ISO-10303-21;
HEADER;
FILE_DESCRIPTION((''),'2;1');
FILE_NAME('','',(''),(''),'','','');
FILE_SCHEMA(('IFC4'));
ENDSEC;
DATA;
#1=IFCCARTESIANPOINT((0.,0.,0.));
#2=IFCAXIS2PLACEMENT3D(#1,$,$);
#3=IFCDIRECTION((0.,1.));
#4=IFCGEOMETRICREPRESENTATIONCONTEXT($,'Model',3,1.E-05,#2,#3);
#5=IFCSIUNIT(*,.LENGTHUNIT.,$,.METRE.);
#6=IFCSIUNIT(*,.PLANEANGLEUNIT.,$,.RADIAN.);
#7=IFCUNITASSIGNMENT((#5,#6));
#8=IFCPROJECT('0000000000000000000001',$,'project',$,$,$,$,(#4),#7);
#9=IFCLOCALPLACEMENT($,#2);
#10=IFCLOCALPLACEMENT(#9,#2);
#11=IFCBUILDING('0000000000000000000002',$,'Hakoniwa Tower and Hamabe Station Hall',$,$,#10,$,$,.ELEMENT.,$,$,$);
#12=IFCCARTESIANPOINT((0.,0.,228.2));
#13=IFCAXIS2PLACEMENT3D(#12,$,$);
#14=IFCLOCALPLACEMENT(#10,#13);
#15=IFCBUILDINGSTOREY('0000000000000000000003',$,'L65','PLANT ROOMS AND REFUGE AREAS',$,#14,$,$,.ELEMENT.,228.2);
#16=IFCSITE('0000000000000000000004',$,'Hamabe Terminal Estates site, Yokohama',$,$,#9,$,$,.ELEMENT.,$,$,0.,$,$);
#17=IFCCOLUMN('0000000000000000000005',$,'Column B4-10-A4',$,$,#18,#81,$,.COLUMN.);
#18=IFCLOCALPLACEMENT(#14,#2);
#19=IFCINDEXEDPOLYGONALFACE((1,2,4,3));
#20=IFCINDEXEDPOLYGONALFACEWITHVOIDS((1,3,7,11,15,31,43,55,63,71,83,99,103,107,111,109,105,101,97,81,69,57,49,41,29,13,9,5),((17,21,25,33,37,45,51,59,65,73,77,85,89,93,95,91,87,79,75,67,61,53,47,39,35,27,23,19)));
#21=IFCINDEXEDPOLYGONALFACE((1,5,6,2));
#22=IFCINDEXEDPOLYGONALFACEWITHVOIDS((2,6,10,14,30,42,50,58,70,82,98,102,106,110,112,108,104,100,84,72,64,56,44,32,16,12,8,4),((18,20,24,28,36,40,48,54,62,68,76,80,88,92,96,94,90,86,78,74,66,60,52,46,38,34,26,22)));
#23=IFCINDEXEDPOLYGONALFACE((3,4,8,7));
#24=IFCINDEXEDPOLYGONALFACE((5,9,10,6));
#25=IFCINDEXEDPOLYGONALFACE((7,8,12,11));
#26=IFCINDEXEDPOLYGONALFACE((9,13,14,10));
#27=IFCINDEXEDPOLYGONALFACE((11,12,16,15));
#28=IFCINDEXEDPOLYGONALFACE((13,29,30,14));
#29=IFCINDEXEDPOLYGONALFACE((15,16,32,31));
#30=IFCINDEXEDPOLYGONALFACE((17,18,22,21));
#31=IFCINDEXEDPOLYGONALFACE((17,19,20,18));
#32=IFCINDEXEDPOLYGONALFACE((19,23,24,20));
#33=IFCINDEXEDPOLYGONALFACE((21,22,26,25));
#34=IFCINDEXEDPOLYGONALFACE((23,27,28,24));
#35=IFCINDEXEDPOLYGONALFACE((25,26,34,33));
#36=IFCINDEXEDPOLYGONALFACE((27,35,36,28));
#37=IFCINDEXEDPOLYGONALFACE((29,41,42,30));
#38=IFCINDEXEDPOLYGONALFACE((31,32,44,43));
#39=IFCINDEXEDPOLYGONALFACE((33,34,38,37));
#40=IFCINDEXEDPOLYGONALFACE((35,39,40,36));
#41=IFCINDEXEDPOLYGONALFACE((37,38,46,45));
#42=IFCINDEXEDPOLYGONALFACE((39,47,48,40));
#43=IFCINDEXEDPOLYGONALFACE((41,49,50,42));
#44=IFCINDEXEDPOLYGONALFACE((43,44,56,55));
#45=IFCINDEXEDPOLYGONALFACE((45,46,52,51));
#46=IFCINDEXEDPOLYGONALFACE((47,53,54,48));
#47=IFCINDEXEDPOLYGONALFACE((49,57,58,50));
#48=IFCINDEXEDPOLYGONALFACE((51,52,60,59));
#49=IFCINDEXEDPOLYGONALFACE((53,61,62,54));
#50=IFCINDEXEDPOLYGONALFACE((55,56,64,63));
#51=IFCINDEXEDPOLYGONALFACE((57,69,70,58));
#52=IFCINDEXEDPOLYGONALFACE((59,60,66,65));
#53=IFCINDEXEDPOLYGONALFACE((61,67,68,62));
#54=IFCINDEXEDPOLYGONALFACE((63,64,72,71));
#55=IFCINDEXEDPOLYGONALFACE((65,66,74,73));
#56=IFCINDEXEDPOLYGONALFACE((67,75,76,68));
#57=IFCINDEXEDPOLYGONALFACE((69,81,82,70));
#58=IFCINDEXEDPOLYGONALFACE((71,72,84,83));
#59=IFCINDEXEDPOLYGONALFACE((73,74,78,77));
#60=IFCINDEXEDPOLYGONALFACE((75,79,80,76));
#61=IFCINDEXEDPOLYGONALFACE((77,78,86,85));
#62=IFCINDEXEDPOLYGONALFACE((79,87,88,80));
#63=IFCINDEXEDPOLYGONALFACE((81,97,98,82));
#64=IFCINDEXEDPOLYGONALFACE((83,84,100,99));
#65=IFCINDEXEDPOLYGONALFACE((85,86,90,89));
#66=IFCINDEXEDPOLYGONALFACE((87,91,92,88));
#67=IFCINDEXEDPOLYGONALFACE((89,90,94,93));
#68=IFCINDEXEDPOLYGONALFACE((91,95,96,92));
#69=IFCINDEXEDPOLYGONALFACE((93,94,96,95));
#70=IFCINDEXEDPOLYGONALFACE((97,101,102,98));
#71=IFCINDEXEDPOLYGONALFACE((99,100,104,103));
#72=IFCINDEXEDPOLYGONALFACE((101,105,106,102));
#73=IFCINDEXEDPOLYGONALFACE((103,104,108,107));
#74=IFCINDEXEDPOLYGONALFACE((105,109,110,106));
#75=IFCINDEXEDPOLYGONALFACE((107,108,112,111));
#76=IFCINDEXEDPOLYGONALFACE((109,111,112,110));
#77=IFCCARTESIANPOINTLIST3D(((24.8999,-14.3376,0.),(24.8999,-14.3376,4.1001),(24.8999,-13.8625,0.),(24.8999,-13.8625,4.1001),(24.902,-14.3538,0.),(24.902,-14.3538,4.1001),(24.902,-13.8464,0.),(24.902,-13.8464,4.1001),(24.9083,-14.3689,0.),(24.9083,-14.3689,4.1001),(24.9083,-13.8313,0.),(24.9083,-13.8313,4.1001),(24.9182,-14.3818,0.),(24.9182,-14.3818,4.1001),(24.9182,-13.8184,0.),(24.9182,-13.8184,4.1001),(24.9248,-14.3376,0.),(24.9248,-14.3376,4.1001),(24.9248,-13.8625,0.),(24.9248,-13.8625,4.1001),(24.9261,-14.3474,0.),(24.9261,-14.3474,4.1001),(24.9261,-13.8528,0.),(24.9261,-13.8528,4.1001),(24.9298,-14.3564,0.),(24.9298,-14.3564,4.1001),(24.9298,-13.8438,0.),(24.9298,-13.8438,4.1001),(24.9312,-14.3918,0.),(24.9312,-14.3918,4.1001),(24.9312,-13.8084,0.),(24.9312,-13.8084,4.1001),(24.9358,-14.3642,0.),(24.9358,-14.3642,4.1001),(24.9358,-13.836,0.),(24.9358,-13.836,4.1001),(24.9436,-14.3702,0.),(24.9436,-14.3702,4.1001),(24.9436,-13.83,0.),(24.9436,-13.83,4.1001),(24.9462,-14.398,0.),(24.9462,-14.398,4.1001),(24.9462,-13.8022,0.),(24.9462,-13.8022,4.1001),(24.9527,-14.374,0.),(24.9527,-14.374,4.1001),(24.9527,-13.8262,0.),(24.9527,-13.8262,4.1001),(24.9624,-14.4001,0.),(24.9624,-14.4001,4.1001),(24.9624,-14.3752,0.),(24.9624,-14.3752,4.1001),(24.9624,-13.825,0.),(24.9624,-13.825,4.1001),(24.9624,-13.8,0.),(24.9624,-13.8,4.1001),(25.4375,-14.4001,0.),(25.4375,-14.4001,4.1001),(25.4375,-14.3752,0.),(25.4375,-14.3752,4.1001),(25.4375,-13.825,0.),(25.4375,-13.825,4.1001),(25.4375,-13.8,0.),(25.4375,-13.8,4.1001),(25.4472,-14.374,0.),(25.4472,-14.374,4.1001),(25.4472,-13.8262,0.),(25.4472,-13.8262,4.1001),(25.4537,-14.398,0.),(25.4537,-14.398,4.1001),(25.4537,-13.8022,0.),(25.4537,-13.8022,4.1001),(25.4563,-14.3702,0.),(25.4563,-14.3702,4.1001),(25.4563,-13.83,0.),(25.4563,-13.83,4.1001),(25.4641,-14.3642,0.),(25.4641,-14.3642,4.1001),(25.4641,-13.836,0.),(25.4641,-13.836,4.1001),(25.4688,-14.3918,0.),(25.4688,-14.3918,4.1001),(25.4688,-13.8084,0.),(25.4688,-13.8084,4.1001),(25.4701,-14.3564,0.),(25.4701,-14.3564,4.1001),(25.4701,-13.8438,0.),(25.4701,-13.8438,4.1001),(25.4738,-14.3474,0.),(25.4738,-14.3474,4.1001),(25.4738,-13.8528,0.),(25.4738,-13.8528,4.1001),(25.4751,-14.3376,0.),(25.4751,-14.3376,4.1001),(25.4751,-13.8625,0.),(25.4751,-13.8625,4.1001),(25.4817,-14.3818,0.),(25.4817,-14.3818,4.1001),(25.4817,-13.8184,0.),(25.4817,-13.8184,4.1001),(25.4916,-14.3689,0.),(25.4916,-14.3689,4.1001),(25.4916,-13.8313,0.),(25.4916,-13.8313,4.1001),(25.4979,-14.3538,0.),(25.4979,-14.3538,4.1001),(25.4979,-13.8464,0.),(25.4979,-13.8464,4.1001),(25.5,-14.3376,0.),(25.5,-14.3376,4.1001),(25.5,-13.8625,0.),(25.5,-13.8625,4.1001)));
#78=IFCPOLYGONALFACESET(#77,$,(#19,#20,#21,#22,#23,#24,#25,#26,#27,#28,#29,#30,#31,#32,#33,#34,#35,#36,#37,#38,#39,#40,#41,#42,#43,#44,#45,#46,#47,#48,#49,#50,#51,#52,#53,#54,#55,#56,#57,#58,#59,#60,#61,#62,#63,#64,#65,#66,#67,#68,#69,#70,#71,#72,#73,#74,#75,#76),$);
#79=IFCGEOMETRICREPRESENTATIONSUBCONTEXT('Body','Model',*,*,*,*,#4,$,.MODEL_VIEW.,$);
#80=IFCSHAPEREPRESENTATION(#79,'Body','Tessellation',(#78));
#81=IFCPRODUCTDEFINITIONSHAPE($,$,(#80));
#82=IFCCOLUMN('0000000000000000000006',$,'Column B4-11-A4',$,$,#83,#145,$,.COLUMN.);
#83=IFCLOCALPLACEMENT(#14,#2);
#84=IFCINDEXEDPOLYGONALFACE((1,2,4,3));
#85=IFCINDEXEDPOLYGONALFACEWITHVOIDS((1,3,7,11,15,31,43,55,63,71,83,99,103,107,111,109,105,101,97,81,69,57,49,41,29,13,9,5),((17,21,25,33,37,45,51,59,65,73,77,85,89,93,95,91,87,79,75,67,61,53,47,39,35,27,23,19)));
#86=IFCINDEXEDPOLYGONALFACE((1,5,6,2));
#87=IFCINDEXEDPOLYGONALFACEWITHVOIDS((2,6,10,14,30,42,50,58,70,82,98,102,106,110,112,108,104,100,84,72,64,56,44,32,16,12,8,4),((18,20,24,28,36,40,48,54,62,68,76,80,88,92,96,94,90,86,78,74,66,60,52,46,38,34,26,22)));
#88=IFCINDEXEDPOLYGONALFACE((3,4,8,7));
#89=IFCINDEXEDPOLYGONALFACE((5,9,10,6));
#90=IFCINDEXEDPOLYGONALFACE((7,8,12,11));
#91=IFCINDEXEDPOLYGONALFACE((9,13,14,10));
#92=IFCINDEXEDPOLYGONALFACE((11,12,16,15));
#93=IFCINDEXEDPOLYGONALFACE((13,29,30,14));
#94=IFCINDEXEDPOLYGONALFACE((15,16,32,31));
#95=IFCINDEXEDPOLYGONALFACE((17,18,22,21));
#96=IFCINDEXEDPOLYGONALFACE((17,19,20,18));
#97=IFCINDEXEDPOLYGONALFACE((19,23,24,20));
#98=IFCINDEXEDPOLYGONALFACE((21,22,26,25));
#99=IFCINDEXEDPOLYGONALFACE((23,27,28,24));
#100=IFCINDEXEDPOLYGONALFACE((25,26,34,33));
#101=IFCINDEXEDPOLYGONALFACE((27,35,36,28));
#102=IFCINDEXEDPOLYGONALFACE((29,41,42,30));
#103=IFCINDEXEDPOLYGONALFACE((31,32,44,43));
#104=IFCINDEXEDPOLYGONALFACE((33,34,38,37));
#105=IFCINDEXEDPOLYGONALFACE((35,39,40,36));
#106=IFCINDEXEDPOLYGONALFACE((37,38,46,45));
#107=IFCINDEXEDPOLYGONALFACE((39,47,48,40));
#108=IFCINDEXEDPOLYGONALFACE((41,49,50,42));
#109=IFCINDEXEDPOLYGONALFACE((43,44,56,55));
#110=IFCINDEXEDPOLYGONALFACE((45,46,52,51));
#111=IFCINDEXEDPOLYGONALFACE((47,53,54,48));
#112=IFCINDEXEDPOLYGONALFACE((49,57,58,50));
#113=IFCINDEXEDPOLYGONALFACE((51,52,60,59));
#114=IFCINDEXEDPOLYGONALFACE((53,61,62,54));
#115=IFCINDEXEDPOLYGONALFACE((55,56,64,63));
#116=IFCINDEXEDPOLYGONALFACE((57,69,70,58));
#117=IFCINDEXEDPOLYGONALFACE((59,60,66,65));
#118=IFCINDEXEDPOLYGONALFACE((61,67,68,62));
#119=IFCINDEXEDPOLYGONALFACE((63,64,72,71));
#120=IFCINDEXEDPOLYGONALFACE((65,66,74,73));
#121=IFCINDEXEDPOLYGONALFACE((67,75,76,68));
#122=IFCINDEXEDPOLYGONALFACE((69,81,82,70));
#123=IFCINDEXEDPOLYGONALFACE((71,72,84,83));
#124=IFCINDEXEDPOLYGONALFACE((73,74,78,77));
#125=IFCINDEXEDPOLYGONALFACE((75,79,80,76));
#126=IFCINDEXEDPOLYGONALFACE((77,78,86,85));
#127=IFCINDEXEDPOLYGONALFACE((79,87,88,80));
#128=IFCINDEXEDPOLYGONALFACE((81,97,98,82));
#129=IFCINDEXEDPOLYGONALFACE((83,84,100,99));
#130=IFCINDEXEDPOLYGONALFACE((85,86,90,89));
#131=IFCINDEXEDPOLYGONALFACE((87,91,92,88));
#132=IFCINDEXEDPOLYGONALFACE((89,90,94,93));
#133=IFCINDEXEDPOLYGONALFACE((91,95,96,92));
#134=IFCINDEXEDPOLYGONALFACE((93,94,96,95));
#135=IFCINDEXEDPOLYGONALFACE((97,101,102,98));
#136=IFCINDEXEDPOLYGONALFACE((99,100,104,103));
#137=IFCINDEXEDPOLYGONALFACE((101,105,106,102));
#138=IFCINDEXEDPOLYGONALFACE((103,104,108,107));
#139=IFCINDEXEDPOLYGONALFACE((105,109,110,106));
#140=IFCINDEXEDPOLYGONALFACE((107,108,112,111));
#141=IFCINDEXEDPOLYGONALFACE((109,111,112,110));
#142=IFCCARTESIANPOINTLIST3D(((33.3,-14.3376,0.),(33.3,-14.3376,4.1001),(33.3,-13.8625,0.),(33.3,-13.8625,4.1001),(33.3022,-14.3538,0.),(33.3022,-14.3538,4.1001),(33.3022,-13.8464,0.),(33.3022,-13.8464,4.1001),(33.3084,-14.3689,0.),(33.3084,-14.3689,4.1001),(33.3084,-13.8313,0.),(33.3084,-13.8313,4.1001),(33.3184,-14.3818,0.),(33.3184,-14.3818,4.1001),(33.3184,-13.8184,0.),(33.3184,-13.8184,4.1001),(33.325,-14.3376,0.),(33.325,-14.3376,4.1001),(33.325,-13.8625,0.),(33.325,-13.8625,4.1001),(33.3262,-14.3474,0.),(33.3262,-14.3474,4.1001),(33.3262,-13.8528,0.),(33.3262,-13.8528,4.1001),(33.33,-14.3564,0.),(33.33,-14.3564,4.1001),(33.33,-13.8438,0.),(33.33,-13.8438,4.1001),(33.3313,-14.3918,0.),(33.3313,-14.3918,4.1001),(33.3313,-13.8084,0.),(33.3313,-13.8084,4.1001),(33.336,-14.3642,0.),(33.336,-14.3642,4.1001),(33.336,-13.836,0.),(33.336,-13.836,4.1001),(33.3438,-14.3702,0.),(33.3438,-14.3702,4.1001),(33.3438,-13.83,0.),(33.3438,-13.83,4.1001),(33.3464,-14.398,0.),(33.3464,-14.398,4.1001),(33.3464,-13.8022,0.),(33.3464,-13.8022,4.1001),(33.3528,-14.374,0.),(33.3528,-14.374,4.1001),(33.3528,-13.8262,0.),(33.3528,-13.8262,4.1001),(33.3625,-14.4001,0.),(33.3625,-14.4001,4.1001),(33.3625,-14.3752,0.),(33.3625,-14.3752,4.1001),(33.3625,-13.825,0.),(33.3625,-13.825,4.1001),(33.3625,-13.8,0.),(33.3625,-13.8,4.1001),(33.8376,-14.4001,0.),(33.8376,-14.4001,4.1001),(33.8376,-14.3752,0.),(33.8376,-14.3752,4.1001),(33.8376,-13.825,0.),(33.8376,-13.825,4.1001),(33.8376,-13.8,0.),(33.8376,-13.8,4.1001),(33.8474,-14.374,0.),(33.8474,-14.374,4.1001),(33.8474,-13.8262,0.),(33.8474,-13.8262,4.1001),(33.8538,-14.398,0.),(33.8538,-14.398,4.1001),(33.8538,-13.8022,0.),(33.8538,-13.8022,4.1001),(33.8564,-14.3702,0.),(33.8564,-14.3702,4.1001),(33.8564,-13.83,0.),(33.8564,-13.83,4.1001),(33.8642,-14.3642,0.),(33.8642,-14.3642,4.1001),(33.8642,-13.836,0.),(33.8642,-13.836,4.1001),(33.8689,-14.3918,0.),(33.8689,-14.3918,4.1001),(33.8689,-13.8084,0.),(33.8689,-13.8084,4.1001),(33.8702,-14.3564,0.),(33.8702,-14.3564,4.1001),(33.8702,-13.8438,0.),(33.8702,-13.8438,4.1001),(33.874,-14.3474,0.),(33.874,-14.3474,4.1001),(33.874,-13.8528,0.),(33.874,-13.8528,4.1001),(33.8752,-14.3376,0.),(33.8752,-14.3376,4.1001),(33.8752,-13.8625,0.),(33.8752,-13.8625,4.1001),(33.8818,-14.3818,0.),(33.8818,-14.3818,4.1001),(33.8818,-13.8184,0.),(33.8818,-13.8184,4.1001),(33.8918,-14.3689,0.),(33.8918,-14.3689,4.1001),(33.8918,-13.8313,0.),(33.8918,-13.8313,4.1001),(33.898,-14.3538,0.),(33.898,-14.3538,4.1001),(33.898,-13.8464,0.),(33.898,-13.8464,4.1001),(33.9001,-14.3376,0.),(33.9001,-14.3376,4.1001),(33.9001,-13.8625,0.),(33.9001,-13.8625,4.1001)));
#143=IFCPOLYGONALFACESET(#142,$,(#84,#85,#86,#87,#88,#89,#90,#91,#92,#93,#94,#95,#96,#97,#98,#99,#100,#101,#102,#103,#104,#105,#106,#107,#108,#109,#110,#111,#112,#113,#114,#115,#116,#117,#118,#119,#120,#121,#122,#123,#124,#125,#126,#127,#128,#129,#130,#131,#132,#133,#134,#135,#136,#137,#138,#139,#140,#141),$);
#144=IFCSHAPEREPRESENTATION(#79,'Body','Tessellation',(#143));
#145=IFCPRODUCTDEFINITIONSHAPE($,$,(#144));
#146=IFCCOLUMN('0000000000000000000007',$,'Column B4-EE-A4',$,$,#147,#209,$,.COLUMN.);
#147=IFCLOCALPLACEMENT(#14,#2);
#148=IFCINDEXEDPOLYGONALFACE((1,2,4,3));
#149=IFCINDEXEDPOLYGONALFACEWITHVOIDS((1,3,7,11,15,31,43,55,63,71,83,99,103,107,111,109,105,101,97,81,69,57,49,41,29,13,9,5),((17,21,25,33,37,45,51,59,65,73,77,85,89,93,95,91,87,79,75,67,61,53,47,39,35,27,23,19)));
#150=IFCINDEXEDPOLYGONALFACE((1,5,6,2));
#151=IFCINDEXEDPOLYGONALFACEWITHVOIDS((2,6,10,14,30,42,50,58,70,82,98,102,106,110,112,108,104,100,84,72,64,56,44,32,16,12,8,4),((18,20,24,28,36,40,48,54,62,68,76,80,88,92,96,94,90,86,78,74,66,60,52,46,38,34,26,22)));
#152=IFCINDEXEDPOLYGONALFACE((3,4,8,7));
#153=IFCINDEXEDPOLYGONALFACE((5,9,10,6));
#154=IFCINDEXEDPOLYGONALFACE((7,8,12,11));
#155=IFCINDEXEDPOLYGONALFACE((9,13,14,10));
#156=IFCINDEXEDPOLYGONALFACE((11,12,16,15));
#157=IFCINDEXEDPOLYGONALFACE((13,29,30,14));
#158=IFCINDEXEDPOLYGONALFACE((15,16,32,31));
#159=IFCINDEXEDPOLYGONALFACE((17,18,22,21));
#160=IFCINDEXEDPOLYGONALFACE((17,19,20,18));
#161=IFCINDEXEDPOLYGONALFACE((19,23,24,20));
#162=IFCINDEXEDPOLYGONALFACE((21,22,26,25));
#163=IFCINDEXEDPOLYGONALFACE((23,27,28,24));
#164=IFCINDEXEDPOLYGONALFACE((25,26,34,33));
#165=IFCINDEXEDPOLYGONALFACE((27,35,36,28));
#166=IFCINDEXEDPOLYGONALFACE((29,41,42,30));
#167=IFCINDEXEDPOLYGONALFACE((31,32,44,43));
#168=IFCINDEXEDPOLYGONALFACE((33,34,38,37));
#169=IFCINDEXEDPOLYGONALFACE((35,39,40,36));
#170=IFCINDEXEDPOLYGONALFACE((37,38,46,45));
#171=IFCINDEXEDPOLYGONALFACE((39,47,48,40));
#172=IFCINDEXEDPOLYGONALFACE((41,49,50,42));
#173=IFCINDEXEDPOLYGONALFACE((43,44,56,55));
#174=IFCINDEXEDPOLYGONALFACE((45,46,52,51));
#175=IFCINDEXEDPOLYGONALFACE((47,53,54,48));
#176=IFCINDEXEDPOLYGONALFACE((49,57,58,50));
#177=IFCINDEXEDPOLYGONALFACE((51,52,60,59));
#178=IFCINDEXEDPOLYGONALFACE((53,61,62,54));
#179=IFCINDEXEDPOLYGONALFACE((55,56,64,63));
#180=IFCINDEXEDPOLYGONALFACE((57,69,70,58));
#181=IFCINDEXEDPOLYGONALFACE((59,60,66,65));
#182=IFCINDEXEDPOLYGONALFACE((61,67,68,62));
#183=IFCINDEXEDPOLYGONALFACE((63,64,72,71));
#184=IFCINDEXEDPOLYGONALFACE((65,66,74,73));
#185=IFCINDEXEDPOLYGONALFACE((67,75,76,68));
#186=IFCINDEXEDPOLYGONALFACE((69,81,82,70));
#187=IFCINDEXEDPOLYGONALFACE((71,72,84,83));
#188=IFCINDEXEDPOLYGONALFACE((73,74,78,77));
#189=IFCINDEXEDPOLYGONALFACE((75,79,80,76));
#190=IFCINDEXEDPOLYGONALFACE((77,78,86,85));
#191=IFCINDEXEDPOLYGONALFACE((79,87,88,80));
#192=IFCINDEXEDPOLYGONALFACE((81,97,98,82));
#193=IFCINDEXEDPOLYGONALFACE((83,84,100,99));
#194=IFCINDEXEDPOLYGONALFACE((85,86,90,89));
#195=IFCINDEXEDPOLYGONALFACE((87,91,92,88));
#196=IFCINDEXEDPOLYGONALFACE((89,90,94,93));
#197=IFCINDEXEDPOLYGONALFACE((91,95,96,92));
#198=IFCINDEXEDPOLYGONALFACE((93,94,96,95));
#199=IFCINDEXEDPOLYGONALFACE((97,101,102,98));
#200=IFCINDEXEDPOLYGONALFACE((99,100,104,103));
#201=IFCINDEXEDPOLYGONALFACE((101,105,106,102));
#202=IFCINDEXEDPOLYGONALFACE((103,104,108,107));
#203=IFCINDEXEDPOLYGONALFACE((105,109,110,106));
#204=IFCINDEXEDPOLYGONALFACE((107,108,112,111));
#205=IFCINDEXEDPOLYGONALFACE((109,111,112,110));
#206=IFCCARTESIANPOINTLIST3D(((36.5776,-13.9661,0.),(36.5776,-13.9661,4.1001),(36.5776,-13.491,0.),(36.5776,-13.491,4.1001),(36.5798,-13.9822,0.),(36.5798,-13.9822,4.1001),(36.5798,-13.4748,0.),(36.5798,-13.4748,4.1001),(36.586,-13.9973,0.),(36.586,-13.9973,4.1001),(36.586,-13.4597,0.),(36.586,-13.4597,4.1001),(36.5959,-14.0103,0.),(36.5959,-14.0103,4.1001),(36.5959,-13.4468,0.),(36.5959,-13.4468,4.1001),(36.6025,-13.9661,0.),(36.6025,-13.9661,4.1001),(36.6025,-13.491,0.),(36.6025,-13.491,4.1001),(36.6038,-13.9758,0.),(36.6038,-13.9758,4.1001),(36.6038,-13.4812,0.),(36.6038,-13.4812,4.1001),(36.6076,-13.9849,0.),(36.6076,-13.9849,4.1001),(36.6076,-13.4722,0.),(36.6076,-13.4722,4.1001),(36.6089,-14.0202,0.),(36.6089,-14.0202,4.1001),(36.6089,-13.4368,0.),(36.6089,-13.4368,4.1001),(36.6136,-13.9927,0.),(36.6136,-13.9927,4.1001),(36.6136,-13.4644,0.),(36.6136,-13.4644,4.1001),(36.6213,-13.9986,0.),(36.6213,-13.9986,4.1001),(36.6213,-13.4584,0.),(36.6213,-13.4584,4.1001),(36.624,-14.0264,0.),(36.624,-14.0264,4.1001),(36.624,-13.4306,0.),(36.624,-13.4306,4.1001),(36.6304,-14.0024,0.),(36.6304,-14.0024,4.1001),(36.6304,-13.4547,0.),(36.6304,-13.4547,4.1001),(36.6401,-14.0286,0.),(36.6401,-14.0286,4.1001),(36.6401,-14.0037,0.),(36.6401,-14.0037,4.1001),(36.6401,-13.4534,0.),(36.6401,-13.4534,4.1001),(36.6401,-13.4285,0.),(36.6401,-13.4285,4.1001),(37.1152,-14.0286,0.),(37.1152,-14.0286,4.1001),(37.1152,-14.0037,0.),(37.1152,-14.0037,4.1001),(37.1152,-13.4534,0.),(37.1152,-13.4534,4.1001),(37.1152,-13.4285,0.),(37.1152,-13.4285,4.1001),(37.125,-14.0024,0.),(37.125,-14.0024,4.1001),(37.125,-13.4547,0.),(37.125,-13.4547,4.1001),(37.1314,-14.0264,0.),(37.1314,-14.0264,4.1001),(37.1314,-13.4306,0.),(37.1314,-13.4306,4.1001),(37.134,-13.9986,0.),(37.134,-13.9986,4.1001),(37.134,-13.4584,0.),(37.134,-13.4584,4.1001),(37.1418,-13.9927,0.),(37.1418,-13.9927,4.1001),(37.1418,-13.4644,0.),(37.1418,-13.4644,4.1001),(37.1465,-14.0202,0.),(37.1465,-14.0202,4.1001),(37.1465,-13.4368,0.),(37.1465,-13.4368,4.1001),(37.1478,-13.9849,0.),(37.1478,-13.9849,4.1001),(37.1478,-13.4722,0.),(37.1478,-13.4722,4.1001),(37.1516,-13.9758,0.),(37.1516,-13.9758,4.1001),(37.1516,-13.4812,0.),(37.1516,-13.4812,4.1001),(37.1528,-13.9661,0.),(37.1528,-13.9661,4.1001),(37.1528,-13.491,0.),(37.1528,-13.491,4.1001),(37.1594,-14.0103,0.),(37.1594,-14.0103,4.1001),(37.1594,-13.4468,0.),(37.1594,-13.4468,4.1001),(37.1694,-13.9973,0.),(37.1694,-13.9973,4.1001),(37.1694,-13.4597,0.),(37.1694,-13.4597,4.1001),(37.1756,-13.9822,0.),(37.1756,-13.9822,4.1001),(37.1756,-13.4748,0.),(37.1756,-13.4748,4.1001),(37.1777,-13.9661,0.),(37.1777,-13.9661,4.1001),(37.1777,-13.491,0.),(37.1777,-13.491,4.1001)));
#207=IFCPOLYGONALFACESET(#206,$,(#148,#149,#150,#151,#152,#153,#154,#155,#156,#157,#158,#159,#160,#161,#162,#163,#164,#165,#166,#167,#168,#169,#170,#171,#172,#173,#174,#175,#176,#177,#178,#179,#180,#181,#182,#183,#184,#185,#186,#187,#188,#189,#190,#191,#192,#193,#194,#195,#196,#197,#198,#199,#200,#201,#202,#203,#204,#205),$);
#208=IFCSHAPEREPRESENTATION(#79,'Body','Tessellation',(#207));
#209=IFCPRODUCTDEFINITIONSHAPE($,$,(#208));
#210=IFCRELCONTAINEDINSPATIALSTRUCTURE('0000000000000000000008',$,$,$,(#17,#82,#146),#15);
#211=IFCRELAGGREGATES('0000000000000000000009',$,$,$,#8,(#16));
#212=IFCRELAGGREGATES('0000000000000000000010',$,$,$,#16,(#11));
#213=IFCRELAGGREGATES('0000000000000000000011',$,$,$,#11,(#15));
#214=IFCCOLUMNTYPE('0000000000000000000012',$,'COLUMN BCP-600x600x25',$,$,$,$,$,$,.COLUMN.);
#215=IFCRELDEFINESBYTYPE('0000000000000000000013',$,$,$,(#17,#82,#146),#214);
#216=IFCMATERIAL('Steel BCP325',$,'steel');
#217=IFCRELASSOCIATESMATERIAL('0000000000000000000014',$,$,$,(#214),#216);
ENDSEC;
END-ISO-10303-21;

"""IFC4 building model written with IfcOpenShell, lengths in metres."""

from ifc_helpers import new_model, si_unit, direction, frame, origin, origin_2d, place, context, subcontext, project, spatial, hollow_rectangle, extrude, material, material_profile, profile_set, type_object, element, save


model = new_model("IFC4")

# Units and contexts
model_context = context("Model", 3, precision=1e-05, world=origin(), true_north=direction((0.0, 1.0)))
body_context = subcontext(model_context, "Body", "Model", "MODEL_VIEW")
ifc_project = project(units=[si_unit("LENGTHUNIT", "METRE"), si_unit("PLANEANGLEUNIT", "RADIAN")], contexts=[model_context])

# Site, building, storey
site_placement = place(None, origin())
site = spatial("IfcSite", under=ifc_project, at=site_placement, Name="Hamabe Terminal Estates site, Yokohama", CompositionType="ELEMENT", RefElevation=0.0)
building_placement = place(site_placement, origin())
building = spatial("IfcBuilding", under=site, at=building_placement, Name="Hakoniwa Tower and Hamabe Station Hall", CompositionType="ELEMENT")
storey_placement = place(building_placement, frame((0.0, 0.0, 228.2)))
storey = spatial("IfcBuildingStorey", under=building, at=storey_placement, Name="L65", Description="PLANT ROOMS AND REFUGE AREAS", CompositionType="ELEMENT", Elevation=228.2)

# Columns
ifc_material_1 = material(Name="Steel BCP325", Category="steel")
ifc_material_profile_1 = material_profile(ifc_material_1, hollow_rectangle(XDim=0.6001, YDim=0.6001, WallThickness=0.0249, InnerFilletRadius=0.0376, OuterFilletRadius=0.0625, at=origin_2d()), Name="BCP-600x600x25")
ifc_profile_set_1 = profile_set([ifc_material_profile_1], Name="Steel BCP325")
column_type = type_object("IfcColumnType", Name="COLUMN BCP-600x600x25", PredefinedType="COLUMN", material=ifc_profile_set_1)
for number, where, z_axis, x_axis, name in (
    (1, (25.2, -14.1001, 0.0), (0.0, 0.0, 1.0), (1.0, 0.0, 0.0), "Column B4-10-A4"),
    (2, (33.6001, -14.1001, 0.0), (0.0, 0.0, 1.0), (1.0, 0.0, 0.0), "Column B4-11-A4"),
    (3, (36.8777, -13.7285, 0.0), (0.0, 0.0, 1.0), (1.0, 0.0, 0.0), "Column B4-EE-A4"),
):
    element("IfcColumn", number, at=place(storey_placement, frame(where, z_axis=z_axis, x_axis=x_axis)), inside=storey, type_object=column_type, Name=name, PredefinedType="COLUMN", context=body_context, shape_type="SweptSolid", body=[
        extrude(hollow_rectangle(XDim=0.6001, YDim=0.6001, WallThickness=0.0249, InnerFilletRadius=0.0376, OuterFilletRadius=0.0625, at=origin_2d()), origin(), (0.0, 0.0, 1.0), 4.1001),
    ])

save(model, "model.ifc")
